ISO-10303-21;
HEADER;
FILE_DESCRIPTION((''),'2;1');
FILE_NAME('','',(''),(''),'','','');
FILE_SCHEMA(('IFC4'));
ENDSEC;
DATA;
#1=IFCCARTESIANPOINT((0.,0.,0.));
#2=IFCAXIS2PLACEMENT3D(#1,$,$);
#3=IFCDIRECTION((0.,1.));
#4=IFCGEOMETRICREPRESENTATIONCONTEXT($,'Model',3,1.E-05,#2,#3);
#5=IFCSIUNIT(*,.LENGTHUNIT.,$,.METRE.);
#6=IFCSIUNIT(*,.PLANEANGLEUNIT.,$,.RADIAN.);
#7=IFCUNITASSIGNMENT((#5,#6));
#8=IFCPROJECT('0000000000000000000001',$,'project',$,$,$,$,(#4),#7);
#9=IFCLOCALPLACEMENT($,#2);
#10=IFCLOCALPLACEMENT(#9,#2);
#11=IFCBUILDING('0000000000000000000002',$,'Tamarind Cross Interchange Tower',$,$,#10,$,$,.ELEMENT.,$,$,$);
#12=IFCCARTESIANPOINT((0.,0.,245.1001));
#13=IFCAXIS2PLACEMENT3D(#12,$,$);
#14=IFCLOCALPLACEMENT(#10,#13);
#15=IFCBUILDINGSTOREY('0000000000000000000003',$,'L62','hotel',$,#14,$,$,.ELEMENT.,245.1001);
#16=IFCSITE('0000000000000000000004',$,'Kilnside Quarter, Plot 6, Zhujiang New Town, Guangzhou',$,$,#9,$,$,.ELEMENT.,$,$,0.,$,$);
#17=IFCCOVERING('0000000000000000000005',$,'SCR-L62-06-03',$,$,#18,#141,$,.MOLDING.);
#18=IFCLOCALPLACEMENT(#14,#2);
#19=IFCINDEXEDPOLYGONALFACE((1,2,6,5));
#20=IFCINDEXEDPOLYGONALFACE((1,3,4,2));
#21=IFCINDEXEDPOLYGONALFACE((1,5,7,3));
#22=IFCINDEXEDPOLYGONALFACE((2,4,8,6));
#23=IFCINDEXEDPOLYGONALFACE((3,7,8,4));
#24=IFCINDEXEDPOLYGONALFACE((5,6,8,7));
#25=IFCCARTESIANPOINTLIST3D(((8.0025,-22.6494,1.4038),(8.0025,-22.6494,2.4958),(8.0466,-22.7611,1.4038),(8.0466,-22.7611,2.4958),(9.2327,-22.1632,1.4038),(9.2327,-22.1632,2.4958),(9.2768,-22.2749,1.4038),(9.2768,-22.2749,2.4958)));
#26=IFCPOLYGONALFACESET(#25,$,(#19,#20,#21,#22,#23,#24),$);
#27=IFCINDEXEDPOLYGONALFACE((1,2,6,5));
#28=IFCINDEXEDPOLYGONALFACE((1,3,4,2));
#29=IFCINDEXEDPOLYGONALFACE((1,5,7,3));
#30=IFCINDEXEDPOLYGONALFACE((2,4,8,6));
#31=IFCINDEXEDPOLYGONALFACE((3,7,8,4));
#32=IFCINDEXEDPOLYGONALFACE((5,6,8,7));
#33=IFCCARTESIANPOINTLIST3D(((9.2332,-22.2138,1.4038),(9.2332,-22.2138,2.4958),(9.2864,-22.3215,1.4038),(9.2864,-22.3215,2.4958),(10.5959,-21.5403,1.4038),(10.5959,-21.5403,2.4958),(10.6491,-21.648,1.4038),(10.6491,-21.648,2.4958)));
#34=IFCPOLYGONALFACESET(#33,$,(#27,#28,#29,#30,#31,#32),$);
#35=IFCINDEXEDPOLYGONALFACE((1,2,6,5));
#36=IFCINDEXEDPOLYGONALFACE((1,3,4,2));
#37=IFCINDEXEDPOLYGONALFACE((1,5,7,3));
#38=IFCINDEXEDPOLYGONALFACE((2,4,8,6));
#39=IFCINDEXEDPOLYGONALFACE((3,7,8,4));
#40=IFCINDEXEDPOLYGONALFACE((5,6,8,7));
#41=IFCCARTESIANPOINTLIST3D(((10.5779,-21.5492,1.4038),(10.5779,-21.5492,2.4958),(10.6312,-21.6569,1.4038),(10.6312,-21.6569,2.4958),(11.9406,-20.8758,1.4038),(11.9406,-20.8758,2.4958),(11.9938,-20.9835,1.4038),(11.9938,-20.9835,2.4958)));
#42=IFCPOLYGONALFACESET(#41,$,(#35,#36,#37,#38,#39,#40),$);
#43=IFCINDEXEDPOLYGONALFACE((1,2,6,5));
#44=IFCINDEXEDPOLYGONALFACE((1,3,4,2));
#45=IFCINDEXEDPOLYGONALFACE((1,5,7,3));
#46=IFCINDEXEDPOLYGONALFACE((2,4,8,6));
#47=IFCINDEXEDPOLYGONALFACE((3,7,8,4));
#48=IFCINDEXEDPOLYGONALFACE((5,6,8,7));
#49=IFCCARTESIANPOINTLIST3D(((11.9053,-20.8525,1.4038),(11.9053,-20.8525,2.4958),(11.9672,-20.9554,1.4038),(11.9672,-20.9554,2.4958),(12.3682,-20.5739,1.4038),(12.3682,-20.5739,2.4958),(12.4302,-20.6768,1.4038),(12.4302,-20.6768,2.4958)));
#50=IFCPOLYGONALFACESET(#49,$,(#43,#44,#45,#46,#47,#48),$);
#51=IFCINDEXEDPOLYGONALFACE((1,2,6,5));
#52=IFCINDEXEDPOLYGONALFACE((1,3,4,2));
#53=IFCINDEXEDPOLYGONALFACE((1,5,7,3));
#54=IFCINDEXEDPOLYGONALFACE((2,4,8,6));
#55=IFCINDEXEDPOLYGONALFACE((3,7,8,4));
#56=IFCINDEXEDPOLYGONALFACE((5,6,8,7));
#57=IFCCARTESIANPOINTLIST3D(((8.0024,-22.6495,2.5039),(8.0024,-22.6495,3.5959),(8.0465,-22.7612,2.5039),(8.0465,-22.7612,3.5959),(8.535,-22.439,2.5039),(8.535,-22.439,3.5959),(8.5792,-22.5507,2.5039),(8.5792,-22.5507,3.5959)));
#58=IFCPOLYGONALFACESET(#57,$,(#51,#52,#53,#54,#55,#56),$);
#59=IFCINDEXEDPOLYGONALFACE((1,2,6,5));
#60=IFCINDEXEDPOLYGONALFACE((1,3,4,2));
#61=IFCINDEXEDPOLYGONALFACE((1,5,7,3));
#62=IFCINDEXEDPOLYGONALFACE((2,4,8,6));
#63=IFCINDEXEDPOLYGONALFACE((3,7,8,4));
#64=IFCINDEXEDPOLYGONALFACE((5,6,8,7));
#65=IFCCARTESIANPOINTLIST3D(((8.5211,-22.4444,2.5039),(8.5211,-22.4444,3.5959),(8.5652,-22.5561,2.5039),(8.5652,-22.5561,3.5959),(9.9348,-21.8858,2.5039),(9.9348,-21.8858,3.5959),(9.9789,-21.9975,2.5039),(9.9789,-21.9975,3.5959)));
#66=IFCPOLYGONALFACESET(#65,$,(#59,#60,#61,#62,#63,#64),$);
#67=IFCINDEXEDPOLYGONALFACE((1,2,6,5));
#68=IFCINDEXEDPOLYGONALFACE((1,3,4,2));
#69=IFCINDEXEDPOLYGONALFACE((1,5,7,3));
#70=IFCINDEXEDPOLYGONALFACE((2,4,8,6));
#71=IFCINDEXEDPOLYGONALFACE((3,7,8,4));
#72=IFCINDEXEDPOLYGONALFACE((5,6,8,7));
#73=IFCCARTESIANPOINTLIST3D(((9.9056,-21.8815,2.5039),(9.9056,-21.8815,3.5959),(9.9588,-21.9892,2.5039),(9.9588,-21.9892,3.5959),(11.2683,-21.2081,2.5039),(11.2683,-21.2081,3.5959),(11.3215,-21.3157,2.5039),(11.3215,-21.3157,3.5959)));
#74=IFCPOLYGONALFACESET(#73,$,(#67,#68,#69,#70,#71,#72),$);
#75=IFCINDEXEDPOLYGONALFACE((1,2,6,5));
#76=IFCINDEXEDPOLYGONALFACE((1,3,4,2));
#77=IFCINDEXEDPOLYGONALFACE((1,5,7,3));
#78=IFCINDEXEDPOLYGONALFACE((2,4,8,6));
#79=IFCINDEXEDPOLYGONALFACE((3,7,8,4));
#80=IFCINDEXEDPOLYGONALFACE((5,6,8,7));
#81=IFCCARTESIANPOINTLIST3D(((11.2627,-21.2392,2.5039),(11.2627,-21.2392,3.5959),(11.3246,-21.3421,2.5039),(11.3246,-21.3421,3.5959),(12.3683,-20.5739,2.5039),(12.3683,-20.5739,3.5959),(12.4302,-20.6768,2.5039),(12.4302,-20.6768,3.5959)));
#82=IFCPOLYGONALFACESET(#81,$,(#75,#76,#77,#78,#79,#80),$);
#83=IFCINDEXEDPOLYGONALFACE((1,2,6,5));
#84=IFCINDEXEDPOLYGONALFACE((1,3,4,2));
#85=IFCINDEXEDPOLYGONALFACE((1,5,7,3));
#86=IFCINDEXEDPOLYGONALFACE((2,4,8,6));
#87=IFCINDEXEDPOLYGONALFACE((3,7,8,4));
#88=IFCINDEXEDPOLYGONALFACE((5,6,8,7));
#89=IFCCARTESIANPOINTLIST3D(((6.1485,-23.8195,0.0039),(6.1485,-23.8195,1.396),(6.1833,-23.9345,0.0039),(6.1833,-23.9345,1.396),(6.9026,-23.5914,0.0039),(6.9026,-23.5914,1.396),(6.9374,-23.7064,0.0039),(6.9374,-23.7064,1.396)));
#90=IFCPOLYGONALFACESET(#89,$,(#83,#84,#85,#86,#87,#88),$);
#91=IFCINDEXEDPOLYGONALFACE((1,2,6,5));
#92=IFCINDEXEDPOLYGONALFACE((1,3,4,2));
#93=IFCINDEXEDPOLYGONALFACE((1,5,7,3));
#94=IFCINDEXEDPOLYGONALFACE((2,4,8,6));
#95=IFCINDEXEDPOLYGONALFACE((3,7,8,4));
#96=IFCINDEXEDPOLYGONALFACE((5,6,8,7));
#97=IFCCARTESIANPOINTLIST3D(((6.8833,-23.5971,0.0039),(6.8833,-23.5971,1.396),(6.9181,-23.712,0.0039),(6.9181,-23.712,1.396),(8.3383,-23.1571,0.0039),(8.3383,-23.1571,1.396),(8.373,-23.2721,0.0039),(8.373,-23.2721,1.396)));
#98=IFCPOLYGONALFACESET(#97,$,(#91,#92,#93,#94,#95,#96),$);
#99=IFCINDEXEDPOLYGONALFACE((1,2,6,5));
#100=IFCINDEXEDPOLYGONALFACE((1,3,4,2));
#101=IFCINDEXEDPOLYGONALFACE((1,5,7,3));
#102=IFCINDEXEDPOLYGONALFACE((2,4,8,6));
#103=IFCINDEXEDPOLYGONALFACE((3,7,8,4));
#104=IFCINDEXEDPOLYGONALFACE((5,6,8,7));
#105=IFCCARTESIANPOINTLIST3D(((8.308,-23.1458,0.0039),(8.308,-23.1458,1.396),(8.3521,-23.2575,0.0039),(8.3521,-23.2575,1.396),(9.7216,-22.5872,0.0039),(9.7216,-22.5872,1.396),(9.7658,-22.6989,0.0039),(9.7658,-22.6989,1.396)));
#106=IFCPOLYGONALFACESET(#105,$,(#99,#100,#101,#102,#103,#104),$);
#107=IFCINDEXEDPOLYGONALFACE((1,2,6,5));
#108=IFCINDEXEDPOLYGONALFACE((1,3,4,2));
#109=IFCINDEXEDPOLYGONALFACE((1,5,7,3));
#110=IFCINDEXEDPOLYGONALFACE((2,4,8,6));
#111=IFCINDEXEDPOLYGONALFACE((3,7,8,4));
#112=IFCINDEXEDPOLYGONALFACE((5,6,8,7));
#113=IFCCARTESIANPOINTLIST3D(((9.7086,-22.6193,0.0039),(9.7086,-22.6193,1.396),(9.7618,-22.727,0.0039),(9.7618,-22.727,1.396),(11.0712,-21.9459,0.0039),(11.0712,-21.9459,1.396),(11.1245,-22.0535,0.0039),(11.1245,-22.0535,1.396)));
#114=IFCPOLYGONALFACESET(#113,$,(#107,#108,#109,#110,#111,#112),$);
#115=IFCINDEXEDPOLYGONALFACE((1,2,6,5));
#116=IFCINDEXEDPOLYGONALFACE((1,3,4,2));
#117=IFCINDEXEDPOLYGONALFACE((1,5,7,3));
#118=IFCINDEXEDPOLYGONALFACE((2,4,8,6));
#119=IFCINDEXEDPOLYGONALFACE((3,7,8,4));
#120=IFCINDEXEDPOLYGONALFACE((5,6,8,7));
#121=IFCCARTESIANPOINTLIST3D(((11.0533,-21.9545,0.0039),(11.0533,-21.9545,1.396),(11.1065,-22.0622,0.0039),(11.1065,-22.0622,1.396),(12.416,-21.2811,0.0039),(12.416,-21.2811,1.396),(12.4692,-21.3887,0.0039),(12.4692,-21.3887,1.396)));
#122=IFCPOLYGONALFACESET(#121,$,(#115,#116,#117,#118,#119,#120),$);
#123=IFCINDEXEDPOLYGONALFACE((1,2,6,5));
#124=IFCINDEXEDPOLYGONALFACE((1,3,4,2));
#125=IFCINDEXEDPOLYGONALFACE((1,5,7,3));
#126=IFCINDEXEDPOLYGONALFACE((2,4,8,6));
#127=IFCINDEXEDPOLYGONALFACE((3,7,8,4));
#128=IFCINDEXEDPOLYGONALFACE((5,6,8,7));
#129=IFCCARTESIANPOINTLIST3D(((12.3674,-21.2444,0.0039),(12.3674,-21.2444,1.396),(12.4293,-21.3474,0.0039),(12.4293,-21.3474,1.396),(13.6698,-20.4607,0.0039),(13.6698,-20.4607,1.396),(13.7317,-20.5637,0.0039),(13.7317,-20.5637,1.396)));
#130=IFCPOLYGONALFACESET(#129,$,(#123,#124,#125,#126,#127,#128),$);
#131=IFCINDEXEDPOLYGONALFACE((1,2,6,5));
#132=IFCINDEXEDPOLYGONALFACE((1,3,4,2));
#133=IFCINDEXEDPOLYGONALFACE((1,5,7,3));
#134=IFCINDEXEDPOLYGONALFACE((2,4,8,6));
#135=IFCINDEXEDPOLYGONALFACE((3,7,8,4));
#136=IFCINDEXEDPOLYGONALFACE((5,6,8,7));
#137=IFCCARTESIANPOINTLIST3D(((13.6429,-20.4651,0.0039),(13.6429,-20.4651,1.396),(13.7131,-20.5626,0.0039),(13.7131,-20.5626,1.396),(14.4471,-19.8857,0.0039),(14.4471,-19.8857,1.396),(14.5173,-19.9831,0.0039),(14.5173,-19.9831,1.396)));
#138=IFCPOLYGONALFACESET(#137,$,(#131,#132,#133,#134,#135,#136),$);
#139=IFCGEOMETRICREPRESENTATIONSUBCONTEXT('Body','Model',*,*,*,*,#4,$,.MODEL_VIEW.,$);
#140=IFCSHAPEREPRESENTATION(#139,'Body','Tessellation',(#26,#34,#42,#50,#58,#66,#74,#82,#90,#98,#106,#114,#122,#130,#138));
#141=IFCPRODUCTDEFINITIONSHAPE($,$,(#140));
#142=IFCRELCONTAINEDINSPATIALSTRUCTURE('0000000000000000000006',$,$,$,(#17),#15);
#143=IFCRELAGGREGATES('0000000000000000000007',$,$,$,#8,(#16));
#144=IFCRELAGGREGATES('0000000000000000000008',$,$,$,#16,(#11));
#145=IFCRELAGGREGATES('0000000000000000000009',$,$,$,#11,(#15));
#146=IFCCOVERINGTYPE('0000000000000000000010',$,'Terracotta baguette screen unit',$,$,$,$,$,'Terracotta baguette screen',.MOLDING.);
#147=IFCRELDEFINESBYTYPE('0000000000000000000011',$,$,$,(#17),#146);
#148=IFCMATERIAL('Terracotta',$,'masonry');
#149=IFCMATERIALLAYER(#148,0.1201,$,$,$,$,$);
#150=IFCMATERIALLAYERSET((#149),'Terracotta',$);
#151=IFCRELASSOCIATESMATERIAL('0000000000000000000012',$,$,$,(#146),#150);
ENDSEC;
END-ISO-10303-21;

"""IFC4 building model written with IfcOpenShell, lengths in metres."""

from ifc_helpers import new_model, si_unit, direction, frame, origin, origin_2d, place, context, subcontext, project, spatial, rectangle, extrude, material, layer, layer_set, type_object, element, save


model = new_model("IFC4")

# Units and contexts
model_context = context("Model", 3, precision=1e-05, world=origin(), true_north=direction((0.0, 1.0)))
body_context = subcontext(model_context, "Body", "Model", "MODEL_VIEW")
ifc_project = project(units=[si_unit("LENGTHUNIT", "METRE"), si_unit("PLANEANGLEUNIT", "RADIAN")], contexts=[model_context])

# Site, building, storey
site_placement = place(None, origin())
site = spatial("IfcSite", under=ifc_project, at=site_placement, Name="Kilnside Quarter, Plot 6, Zhujiang New Town, Guangzhou", CompositionType="ELEMENT", RefElevation=0.0)
building_placement = place(site_placement, origin())
building = spatial("IfcBuilding", under=site, at=building_placement, Name="Tamarind Cross Interchange Tower", CompositionType="ELEMENT")
storey_placement = place(building_placement, frame((0.0, 0.0, 245.1001)))
storey = spatial("IfcBuildingStorey", under=building, at=storey_placement, Name="L62", Description="hotel", CompositionType="ELEMENT", Elevation=245.1001)

# Covering
ifc_material_1 = material(Name="Terracotta", Category="masonry")
ifc_layer_1 = layer(ifc_material_1, 0.1201)
ifc_layer_set_1 = layer_set([ifc_layer_1], Name="Terracotta")
covering_type = type_object("IfcCoveringType", Name="Terracotta baguette screen unit", ElementType="Terracotta baguette screen", PredefinedType="MOLDING", material=ifc_layer_set_1)
covering_1_placement = place(storey_placement, origin())
element("IfcCovering", 1, at=covering_1_placement, inside=storey, type_object=covering_type, Name="SCR-L62-06-03", PredefinedType="MOLDING", context=body_context, shape_type="SweptSolid", body=[
    extrude(rectangle(XDim=1.3228, YDim=0.1201, at=origin_2d()), frame((8.6396, -22.4622, 1.4038), z_axis=(0.0, 0.0, 1.0), x_axis=(0.930018, 0.367514, 0.0)), (0.0, 0.0, 1.0), 1.092),
    extrude(rectangle(XDim=1.52, YDim=0.1201, at=origin_2d()), frame((9.9412, -21.9309, 1.4038), z_axis=(0.0, 0.0, 1.0), x_axis=(0.896493, 0.443059, 0.0)), (0.0, 0.0, 1.0), 1.092),
    extrude(rectangle(XDim=1.52, YDim=0.1201, at=origin_2d()), frame((11.2859, -21.2664, 1.4038), z_axis=(0.0, 0.0, 1.0), x_axis=(0.896493, 0.443059, 0.0)), (0.0, 0.0, 1.0), 1.092),
    extrude(rectangle(XDim=0.5403, YDim=0.1201, at=origin_2d()), frame((12.1677, -20.7646, 1.4038), z_axis=(0.0, 0.0, 1.0), x_axis=(0.856843, 0.515577, 0.0)), (0.0, 0.0, 1.0), 1.092),
    extrude(rectangle(XDim=0.5728, YDim=0.1201, at=origin_2d()), frame((8.2908, -22.6001, 2.5039), z_axis=(0.0, 0.0, 1.0), x_axis=(0.930018, 0.367514, 0.0)), (0.0, 0.0, 1.0), 1.092),
    extrude(rectangle(XDim=1.52, YDim=0.1201, at=origin_2d()), frame((9.25, -22.2209, 2.5039), z_axis=(0.0, 0.0, 1.0), x_axis=(0.930018, 0.367514, 0.0)), (0.0, 0.0, 1.0), 1.092),
    extrude(rectangle(XDim=1.52, YDim=0.1201, at=origin_2d()), frame((10.6135, -21.5986, 2.5039), z_axis=(0.0, 0.0, 1.0), x_axis=(0.896493, 0.443059, 0.0)), (0.0, 0.0, 1.0), 1.092),
    extrude(rectangle(XDim=1.2903, YDim=0.1201, at=origin_2d()), frame((11.8464, -20.958, 2.5039), z_axis=(0.0, 0.0, 1.0), x_axis=(0.856843, 0.515577, 0.0)), (0.0, 0.0, 1.0), 1.092),
    extrude(rectangle(XDim=0.7878, YDim=0.1201, at=origin_2d()), frame((6.543, -23.7629, 0.0039), z_axis=(0.0, 0.0, 1.0), x_axis=(0.957191, 0.289458, 0.0)), (0.0, 0.0, 1.0), 1.3921),
    extrude(rectangle(XDim=1.52, YDim=0.1201, at=origin_2d()), frame((7.6282, -23.4346, 0.0039), z_axis=(0.0, 0.0, 1.0), x_axis=(0.957191, 0.289458, 0.0)), (0.0, 0.0, 1.0), 1.3921),
    extrude(rectangle(XDim=1.52, YDim=0.1201, at=origin_2d()), frame((9.0369, -22.9224, 0.0039), z_axis=(0.0, 0.0, 1.0), x_axis=(0.930018, 0.367514, 0.0)), (0.0, 0.0, 1.0), 1.3921),
    extrude(rectangle(XDim=1.52, YDim=0.1201, at=origin_2d()), frame((10.4165, -22.3364, 0.0039), z_axis=(0.0, 0.0, 1.0), x_axis=(0.896493, 0.443059, 0.0)), (0.0, 0.0, 1.0), 1.3921),
    extrude(rectangle(XDim=1.52, YDim=0.1201, at=origin_2d()), frame((11.7612, -21.6716, 0.0039), z_axis=(0.0, 0.0, 1.0), x_axis=(0.896493, 0.443059, 0.0)), (0.0, 0.0, 1.0), 1.3921),
    extrude(rectangle(XDim=1.52, YDim=0.1201, at=origin_2d()), frame((13.0496, -20.9041, 0.0039), z_axis=(0.0, 0.0, 1.0), x_axis=(0.856843, 0.515577, 0.0)), (0.0, 0.0, 1.0), 1.3921),
    extrude(rectangle(XDim=0.9912, YDim=0.1201, at=origin_2d()), frame((14.0801, -20.2241, 0.0039), z_axis=(0.0, 0.0, 1.0), x_axis=(0.81134, 0.584574, 0.0)), (0.0, 0.0, 1.0), 1.3921),
])

save(model, "model.ifc")
